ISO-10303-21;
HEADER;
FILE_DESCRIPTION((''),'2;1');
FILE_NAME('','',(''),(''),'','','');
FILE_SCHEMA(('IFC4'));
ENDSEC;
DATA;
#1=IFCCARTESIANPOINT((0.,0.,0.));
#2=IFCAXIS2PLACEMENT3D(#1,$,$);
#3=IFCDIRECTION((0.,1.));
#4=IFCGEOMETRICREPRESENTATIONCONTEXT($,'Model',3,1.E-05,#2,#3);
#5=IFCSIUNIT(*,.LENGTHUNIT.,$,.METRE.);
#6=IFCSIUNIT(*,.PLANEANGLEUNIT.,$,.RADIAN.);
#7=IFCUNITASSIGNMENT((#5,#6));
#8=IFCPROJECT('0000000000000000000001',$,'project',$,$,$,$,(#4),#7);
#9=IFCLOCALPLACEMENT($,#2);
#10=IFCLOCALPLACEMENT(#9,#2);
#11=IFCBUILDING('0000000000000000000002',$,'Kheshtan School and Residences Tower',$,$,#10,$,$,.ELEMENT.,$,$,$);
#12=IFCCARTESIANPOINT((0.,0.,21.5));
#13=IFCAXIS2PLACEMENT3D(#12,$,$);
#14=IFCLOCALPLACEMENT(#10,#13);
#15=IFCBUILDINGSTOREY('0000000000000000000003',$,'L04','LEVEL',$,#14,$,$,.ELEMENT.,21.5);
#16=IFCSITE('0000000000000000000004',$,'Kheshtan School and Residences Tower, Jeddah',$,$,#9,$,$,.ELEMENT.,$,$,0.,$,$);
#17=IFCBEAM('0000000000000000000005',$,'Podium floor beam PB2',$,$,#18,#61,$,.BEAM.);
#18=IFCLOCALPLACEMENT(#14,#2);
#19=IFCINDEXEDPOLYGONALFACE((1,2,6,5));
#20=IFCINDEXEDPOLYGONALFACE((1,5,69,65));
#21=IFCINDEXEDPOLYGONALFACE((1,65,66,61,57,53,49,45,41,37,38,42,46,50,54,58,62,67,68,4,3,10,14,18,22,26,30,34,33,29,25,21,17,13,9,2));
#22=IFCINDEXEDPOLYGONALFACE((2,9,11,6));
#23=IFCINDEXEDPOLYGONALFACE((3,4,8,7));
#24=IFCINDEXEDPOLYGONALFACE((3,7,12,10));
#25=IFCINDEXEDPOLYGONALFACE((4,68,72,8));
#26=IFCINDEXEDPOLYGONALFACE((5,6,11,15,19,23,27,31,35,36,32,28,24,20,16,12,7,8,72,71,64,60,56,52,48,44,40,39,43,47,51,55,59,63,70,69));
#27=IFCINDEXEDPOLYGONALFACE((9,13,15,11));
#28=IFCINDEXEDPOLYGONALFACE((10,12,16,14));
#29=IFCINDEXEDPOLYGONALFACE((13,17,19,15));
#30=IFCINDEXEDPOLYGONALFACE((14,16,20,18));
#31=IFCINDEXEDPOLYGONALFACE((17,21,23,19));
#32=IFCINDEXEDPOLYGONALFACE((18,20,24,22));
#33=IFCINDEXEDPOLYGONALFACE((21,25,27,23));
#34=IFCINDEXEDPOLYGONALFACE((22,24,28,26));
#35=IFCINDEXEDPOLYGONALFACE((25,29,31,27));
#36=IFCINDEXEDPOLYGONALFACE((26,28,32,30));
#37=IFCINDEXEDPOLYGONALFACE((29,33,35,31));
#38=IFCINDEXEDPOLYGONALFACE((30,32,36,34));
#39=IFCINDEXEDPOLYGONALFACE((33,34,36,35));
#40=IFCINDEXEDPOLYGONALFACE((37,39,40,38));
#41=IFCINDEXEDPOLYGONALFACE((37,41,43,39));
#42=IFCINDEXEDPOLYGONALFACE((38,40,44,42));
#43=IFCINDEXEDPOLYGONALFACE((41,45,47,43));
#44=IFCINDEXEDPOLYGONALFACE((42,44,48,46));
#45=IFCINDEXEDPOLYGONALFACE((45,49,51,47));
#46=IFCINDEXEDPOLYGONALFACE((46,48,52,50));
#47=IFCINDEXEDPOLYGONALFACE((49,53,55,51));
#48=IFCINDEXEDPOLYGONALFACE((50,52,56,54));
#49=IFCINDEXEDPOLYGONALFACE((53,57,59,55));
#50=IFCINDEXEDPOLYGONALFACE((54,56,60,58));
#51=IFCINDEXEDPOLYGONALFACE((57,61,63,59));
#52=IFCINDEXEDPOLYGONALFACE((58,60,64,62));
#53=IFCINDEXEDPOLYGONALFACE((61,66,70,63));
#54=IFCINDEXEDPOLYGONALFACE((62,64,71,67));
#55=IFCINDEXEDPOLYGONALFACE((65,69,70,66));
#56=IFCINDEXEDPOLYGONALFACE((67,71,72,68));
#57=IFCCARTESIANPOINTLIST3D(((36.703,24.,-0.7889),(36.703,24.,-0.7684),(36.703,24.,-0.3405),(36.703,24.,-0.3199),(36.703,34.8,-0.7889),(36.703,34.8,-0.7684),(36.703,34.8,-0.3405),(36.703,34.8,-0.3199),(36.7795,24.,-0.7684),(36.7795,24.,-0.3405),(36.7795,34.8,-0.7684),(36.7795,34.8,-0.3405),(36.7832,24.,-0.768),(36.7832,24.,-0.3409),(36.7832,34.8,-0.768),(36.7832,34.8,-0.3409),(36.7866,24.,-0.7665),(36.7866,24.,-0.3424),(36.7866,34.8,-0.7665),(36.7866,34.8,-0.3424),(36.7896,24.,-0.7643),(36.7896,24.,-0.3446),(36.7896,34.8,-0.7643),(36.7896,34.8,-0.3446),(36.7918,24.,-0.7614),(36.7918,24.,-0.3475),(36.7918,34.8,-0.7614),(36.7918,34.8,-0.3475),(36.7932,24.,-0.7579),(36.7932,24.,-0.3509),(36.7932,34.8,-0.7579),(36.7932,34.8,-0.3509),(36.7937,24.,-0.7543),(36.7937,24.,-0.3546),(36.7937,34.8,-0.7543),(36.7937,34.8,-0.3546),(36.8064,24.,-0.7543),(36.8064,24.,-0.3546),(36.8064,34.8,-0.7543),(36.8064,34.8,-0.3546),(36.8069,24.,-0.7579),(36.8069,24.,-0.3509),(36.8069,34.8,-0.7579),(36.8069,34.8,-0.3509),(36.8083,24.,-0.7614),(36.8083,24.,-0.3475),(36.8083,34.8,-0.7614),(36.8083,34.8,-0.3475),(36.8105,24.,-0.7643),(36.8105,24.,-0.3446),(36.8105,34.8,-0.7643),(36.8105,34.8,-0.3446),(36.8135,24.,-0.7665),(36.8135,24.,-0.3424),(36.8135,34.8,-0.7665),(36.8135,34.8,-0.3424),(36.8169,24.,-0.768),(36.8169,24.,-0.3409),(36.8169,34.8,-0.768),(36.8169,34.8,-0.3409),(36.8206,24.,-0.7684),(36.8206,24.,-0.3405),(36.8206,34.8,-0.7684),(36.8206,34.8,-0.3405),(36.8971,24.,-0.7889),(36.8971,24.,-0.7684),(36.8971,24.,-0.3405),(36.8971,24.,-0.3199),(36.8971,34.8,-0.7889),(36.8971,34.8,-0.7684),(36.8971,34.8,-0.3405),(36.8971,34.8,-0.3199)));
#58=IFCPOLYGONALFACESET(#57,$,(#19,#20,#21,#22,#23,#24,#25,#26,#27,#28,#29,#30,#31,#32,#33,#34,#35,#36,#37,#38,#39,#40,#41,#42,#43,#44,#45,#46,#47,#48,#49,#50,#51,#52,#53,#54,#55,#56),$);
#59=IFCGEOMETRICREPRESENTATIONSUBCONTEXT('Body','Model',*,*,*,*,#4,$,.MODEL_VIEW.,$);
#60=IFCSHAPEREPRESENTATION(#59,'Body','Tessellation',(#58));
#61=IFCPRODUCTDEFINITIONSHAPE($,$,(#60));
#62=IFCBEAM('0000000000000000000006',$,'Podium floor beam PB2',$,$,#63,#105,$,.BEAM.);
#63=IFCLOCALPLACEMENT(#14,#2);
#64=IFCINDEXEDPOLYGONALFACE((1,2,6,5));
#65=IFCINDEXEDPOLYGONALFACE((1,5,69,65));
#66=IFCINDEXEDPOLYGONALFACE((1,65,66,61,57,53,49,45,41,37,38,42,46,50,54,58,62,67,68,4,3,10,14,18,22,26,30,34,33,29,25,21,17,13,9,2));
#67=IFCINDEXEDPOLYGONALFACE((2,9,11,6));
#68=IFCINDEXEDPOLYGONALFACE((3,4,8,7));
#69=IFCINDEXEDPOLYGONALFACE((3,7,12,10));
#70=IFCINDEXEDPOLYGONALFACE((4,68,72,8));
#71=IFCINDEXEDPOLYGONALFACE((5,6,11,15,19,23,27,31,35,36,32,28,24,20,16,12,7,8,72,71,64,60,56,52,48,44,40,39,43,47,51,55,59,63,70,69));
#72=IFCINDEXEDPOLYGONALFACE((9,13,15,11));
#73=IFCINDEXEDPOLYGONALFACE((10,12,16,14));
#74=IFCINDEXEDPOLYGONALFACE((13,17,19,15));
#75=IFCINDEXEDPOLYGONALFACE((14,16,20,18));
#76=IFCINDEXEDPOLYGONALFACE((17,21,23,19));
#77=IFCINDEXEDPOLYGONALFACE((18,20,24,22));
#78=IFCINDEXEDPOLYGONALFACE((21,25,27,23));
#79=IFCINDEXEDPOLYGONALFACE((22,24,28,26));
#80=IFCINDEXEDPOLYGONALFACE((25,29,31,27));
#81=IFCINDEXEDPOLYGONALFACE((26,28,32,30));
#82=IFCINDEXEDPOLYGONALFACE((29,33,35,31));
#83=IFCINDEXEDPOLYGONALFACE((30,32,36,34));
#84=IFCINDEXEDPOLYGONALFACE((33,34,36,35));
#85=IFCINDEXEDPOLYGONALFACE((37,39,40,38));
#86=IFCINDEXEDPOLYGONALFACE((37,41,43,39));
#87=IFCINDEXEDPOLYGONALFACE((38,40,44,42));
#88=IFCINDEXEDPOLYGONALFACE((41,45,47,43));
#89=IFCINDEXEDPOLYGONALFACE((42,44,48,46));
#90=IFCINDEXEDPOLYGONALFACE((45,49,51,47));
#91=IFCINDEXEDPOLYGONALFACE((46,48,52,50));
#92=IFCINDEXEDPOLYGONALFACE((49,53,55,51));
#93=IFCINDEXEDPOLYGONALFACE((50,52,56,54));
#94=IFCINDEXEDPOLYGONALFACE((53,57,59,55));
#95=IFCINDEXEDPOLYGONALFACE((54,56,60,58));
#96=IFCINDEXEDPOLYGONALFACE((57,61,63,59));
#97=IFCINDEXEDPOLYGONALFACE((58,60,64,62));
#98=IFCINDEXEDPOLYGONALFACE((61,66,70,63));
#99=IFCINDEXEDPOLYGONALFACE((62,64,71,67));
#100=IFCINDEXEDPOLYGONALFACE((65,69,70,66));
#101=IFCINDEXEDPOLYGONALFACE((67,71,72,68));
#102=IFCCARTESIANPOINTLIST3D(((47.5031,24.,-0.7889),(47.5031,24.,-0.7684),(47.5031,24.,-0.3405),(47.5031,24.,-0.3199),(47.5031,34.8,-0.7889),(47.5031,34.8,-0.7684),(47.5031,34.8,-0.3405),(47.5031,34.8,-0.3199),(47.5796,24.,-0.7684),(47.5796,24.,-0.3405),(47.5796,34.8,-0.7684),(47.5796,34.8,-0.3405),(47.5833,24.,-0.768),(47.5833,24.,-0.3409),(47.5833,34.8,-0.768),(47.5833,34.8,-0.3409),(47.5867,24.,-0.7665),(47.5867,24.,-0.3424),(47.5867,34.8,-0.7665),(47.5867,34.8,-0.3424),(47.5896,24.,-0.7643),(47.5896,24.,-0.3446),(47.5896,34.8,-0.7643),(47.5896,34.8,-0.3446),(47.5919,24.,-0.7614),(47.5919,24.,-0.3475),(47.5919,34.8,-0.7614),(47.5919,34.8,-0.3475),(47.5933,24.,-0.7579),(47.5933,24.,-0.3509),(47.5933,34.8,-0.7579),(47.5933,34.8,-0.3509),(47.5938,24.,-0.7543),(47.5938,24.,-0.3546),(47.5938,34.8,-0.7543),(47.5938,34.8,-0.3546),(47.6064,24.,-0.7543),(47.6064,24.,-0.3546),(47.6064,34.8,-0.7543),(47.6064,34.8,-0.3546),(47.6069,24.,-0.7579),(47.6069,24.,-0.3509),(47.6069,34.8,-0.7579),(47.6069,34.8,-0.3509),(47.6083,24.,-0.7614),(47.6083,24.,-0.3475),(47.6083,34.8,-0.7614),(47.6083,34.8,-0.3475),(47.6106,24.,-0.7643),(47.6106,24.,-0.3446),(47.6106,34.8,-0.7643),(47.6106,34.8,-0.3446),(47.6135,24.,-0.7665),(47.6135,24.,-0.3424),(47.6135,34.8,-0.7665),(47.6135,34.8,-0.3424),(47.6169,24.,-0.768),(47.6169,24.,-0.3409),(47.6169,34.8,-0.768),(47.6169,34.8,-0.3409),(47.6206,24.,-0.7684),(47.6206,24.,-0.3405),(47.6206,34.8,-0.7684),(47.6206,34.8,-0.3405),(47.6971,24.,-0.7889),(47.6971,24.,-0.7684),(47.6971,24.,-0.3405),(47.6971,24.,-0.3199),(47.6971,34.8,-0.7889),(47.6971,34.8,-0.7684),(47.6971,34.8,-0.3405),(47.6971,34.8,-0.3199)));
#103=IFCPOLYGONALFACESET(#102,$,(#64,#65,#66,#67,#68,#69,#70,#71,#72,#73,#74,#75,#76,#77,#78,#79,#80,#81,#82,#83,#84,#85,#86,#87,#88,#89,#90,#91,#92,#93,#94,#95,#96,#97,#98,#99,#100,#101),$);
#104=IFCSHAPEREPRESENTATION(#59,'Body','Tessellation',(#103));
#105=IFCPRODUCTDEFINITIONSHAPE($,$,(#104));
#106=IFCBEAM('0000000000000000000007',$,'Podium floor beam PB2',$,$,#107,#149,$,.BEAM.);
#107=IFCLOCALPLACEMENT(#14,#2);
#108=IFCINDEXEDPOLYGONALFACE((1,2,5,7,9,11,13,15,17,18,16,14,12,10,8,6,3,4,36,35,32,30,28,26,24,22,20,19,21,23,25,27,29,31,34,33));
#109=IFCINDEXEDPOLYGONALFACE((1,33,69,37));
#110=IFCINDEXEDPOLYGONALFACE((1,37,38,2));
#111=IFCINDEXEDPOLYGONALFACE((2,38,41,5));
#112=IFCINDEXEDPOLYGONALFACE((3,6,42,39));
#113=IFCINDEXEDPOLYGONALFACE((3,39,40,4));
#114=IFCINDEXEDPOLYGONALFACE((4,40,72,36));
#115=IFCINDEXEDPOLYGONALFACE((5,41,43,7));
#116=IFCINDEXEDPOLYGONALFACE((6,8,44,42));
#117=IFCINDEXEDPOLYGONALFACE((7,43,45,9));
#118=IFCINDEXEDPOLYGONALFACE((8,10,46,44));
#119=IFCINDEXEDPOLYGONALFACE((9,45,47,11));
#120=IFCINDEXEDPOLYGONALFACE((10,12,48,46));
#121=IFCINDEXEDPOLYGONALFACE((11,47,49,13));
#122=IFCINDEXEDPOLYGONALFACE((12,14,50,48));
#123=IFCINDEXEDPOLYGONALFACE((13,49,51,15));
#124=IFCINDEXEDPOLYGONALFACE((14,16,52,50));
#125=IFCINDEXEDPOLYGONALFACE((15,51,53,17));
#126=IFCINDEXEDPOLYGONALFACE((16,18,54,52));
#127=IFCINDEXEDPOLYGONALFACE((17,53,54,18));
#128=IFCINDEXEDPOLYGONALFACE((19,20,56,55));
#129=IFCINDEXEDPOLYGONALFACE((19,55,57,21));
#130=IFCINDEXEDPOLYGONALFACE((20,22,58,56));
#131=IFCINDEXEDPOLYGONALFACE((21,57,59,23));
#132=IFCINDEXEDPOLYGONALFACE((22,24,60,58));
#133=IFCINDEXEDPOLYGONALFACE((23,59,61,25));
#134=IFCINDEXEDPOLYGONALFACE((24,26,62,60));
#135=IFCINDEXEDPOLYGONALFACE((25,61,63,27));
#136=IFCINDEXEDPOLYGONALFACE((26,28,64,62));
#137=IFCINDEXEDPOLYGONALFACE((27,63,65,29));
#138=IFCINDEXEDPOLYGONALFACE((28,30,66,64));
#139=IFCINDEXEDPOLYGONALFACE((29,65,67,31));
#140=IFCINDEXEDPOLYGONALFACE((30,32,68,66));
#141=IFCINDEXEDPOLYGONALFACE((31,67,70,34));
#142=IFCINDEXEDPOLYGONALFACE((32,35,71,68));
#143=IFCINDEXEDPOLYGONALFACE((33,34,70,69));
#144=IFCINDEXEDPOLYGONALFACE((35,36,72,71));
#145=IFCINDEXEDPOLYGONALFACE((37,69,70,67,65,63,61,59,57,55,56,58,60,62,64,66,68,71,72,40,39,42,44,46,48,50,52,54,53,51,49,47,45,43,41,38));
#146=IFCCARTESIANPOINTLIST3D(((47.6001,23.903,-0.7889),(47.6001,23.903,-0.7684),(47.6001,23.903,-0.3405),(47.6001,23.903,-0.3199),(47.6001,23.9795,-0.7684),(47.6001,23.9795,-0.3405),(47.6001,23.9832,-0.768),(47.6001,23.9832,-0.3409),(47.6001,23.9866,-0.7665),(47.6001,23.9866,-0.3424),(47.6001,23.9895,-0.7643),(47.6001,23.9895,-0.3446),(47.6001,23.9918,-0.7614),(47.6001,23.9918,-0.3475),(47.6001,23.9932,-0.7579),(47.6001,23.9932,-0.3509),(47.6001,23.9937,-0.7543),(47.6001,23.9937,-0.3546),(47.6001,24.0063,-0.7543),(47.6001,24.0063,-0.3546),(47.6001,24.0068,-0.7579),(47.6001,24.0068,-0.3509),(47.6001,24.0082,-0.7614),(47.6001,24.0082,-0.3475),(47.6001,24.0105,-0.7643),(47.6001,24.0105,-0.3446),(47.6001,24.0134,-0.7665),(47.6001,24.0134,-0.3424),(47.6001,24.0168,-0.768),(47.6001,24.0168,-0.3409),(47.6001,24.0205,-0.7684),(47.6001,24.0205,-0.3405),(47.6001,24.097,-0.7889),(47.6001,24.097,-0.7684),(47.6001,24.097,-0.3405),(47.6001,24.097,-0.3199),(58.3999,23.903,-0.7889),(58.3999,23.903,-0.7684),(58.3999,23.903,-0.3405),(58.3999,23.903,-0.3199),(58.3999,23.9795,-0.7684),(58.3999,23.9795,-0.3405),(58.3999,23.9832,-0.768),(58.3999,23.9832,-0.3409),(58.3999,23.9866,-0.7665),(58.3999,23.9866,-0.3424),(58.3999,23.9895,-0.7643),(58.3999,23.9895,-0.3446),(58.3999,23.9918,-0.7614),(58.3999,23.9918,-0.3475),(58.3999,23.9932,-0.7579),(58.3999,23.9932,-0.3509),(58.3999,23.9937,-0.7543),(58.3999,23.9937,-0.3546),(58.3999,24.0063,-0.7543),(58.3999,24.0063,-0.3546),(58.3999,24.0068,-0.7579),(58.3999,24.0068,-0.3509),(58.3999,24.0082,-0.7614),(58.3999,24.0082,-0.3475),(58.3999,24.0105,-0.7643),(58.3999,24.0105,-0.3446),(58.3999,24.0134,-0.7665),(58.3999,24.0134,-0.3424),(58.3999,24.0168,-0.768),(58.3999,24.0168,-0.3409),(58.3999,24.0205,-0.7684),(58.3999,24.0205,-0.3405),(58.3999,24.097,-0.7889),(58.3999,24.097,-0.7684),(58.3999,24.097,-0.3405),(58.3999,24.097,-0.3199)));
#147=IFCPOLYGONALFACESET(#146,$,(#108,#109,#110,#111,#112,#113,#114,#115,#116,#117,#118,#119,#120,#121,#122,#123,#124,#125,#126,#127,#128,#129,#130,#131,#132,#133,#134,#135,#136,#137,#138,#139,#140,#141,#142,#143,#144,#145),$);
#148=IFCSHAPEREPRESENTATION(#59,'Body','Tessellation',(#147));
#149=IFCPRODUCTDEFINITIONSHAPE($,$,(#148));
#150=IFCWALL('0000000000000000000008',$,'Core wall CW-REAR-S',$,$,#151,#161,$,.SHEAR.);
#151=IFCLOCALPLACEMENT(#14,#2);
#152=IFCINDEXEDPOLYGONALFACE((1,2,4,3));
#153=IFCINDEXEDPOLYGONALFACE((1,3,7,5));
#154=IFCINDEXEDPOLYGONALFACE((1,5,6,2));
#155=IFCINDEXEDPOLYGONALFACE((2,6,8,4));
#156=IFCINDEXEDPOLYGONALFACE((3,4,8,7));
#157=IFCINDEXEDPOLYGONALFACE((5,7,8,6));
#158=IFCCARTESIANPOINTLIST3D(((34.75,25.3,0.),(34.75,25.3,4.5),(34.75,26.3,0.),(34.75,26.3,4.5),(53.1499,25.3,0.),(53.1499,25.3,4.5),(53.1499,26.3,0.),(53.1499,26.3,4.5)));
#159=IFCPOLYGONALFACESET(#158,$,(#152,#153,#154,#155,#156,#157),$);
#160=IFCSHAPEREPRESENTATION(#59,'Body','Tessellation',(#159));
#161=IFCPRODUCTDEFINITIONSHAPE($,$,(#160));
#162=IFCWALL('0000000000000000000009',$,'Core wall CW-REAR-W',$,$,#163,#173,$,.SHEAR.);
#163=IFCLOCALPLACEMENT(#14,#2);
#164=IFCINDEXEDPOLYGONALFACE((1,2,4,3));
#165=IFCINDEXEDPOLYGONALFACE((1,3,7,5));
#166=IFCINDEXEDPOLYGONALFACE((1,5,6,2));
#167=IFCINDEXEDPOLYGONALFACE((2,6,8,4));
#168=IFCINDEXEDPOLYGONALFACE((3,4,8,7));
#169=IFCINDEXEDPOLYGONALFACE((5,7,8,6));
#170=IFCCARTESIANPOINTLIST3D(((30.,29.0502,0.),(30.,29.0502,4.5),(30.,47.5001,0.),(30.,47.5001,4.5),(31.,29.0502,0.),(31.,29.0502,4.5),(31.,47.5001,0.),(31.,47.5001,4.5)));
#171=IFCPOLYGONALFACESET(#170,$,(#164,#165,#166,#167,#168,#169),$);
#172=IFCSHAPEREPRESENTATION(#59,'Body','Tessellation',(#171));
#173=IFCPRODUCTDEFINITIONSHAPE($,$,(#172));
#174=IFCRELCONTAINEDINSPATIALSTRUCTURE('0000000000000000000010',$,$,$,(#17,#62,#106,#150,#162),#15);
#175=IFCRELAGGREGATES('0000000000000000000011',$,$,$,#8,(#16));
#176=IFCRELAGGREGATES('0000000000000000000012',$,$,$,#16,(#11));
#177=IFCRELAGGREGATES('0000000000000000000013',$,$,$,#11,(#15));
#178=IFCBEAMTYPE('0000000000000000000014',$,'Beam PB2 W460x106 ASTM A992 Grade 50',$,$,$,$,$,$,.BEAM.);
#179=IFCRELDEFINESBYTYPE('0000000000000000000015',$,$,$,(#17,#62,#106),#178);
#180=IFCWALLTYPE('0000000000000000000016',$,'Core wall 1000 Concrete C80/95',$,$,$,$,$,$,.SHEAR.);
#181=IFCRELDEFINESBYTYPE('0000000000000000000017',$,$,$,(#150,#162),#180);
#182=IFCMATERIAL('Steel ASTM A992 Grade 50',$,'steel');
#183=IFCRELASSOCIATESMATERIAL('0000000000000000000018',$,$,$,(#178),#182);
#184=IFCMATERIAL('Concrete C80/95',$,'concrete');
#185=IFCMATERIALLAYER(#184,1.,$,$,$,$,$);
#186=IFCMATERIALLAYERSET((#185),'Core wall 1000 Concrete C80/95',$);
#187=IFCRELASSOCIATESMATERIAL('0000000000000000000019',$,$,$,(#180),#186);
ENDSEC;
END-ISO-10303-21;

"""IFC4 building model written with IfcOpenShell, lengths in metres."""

from ifc_helpers import new_model, si_unit, direction, frame, frame_2d, origin, origin_2d, place, context, subcontext, project, spatial, rectangle, i_section, extrude, material, layer, layer_set, material_profile, profile_set, type_object, element, save


model = new_model("IFC4")

# Units and contexts
model_context = context("Model", 3, precision=1e-05, world=origin(), true_north=direction((0.0, 1.0)))
body_context = subcontext(model_context, "Body", "Model", "MODEL_VIEW")
ifc_project = project(units=[si_unit("LENGTHUNIT", "METRE"), si_unit("PLANEANGLEUNIT", "RADIAN")], contexts=[model_context])

# Site, building, storey
site_placement = place(None, origin())
site = spatial("IfcSite", under=ifc_project, at=site_placement, Name="Kheshtan School and Residences Tower, Jeddah", CompositionType="ELEMENT", RefElevation=0.0)
building_placement = place(site_placement, origin())
building = spatial("IfcBuilding", under=site, at=building_placement, Name="Kheshtan School and Residences Tower", CompositionType="ELEMENT")
storey_placement = place(building_placement, frame((0.0, 0.0, 21.5)))
storey = spatial("IfcBuildingStorey", under=building, at=storey_placement, Name="L04", Description="LEVEL", CompositionType="ELEMENT", Elevation=21.5)

# Shared definitions
ifc_material_1 = material(Name="Steel ASTM A992 Grade 50", Category="steel")

# Beams
ifc_material_profile_1 = material_profile(ifc_material_1, i_section(OverallWidth=0.1941, OverallDepth=0.469, WebThickness=0.0127, FlangeThickness=0.0205, FilletRadius=0.0142, at=origin_2d()), Name="W460x106")
ifc_profile_set_1 = profile_set([ifc_material_profile_1], Name="Steel ASTM A992 Grade 50")
beam_type = type_object("IfcBeamType", Name="Beam PB2 W460x106 ASTM A992 Grade 50", PredefinedType="BEAM", material=ifc_profile_set_1)
for number, where, z_axis, x_axis, name in (
    (1, (36.8, 24.0, -0.5544), (0.0, 1.0, 0.0), (-1.0, 0.0, 0.0), "Podium floor beam PB2"),
    (2, (47.6001, 24.0, -0.5544), (0.0, 1.0, 0.0), (-1.0, 0.0, 0.0), "Podium floor beam PB2"),
):
    element("IfcBeam", number, at=place(storey_placement, frame(where, z_axis=z_axis, x_axis=x_axis)), inside=storey, type_object=beam_type, Name=name, PredefinedType="BEAM", context=body_context, shape_type="SweptSolid", body=[
        extrude(i_section(OverallWidth=0.1941, OverallDepth=0.469, WebThickness=0.0127, FlangeThickness=0.0205, FilletRadius=0.0142, at=origin_2d()), origin(), (0.0, 0.0, 1.0), 10.8),
    ])
beam_placement = place(storey_placement, frame((47.6001, 24.0, -0.5544), z_axis=(1.0, 0.0, 0.0), x_axis=(0.0, 1.0, 0.0)))
element("IfcBeam", 3, at=beam_placement, inside=storey, type_object=beam_type, Name="Podium floor beam PB2", PredefinedType="BEAM", context=body_context, shape_type="SweptSolid", body=[
    extrude(i_section(OverallWidth=0.1941, OverallDepth=0.469, WebThickness=0.0127, FlangeThickness=0.0205, FilletRadius=0.0142, at=origin_2d()), origin(), (0.0, 0.0, 1.0), 10.7998),
])

# Walls
ifc_material_2 = material(Name="Concrete C80/95", Category="concrete")
ifc_layer_1 = layer(ifc_material_2, 1.0)
ifc_layer_set_1 = layer_set([ifc_layer_1], Name="Core wall 1000 Concrete C80/95")
wall_type_1 = type_object("IfcWallType", Name="Core wall 1000 Concrete C80/95", PredefinedType="SHEAR", material=ifc_layer_set_1)
wall_1_placement = place(storey_placement, frame((34.75, 25.8, 0.0), z_axis=(0.0, 0.0, 1.0), x_axis=(1.0, 0.0, 0.0)))
element("IfcWall", 4, at=wall_1_placement, inside=storey, type_object=wall_type_1, Name="Core wall CW-REAR-S", PredefinedType="SHEAR", context=body_context, shape_type="SweptSolid", body=[
    extrude(rectangle(XDim=18.3999, YDim=1.0, at=frame_2d((9.2, 0.0))), origin(), (0.0, 0.0, 1.0), 4.5),
])
wall_2_placement = place(storey_placement, frame((30.5, 29.05, 0.0), z_axis=(0.0, 0.0, 1.0), x_axis=(0.0, 1.0, 0.0)))
element("IfcWall", 5, at=wall_2_placement, inside=storey, type_object=wall_type_1, Name="Core wall CW-REAR-W", PredefinedType="SHEAR", context=body_context, shape_type="SweptSolid", body=[
    extrude(rectangle(XDim=18.45, YDim=1.0, at=frame_2d((9.2251, 0.0))), origin(), (0.0, 0.0, 1.0), 4.5),
])

save(model, "model.ifc")
